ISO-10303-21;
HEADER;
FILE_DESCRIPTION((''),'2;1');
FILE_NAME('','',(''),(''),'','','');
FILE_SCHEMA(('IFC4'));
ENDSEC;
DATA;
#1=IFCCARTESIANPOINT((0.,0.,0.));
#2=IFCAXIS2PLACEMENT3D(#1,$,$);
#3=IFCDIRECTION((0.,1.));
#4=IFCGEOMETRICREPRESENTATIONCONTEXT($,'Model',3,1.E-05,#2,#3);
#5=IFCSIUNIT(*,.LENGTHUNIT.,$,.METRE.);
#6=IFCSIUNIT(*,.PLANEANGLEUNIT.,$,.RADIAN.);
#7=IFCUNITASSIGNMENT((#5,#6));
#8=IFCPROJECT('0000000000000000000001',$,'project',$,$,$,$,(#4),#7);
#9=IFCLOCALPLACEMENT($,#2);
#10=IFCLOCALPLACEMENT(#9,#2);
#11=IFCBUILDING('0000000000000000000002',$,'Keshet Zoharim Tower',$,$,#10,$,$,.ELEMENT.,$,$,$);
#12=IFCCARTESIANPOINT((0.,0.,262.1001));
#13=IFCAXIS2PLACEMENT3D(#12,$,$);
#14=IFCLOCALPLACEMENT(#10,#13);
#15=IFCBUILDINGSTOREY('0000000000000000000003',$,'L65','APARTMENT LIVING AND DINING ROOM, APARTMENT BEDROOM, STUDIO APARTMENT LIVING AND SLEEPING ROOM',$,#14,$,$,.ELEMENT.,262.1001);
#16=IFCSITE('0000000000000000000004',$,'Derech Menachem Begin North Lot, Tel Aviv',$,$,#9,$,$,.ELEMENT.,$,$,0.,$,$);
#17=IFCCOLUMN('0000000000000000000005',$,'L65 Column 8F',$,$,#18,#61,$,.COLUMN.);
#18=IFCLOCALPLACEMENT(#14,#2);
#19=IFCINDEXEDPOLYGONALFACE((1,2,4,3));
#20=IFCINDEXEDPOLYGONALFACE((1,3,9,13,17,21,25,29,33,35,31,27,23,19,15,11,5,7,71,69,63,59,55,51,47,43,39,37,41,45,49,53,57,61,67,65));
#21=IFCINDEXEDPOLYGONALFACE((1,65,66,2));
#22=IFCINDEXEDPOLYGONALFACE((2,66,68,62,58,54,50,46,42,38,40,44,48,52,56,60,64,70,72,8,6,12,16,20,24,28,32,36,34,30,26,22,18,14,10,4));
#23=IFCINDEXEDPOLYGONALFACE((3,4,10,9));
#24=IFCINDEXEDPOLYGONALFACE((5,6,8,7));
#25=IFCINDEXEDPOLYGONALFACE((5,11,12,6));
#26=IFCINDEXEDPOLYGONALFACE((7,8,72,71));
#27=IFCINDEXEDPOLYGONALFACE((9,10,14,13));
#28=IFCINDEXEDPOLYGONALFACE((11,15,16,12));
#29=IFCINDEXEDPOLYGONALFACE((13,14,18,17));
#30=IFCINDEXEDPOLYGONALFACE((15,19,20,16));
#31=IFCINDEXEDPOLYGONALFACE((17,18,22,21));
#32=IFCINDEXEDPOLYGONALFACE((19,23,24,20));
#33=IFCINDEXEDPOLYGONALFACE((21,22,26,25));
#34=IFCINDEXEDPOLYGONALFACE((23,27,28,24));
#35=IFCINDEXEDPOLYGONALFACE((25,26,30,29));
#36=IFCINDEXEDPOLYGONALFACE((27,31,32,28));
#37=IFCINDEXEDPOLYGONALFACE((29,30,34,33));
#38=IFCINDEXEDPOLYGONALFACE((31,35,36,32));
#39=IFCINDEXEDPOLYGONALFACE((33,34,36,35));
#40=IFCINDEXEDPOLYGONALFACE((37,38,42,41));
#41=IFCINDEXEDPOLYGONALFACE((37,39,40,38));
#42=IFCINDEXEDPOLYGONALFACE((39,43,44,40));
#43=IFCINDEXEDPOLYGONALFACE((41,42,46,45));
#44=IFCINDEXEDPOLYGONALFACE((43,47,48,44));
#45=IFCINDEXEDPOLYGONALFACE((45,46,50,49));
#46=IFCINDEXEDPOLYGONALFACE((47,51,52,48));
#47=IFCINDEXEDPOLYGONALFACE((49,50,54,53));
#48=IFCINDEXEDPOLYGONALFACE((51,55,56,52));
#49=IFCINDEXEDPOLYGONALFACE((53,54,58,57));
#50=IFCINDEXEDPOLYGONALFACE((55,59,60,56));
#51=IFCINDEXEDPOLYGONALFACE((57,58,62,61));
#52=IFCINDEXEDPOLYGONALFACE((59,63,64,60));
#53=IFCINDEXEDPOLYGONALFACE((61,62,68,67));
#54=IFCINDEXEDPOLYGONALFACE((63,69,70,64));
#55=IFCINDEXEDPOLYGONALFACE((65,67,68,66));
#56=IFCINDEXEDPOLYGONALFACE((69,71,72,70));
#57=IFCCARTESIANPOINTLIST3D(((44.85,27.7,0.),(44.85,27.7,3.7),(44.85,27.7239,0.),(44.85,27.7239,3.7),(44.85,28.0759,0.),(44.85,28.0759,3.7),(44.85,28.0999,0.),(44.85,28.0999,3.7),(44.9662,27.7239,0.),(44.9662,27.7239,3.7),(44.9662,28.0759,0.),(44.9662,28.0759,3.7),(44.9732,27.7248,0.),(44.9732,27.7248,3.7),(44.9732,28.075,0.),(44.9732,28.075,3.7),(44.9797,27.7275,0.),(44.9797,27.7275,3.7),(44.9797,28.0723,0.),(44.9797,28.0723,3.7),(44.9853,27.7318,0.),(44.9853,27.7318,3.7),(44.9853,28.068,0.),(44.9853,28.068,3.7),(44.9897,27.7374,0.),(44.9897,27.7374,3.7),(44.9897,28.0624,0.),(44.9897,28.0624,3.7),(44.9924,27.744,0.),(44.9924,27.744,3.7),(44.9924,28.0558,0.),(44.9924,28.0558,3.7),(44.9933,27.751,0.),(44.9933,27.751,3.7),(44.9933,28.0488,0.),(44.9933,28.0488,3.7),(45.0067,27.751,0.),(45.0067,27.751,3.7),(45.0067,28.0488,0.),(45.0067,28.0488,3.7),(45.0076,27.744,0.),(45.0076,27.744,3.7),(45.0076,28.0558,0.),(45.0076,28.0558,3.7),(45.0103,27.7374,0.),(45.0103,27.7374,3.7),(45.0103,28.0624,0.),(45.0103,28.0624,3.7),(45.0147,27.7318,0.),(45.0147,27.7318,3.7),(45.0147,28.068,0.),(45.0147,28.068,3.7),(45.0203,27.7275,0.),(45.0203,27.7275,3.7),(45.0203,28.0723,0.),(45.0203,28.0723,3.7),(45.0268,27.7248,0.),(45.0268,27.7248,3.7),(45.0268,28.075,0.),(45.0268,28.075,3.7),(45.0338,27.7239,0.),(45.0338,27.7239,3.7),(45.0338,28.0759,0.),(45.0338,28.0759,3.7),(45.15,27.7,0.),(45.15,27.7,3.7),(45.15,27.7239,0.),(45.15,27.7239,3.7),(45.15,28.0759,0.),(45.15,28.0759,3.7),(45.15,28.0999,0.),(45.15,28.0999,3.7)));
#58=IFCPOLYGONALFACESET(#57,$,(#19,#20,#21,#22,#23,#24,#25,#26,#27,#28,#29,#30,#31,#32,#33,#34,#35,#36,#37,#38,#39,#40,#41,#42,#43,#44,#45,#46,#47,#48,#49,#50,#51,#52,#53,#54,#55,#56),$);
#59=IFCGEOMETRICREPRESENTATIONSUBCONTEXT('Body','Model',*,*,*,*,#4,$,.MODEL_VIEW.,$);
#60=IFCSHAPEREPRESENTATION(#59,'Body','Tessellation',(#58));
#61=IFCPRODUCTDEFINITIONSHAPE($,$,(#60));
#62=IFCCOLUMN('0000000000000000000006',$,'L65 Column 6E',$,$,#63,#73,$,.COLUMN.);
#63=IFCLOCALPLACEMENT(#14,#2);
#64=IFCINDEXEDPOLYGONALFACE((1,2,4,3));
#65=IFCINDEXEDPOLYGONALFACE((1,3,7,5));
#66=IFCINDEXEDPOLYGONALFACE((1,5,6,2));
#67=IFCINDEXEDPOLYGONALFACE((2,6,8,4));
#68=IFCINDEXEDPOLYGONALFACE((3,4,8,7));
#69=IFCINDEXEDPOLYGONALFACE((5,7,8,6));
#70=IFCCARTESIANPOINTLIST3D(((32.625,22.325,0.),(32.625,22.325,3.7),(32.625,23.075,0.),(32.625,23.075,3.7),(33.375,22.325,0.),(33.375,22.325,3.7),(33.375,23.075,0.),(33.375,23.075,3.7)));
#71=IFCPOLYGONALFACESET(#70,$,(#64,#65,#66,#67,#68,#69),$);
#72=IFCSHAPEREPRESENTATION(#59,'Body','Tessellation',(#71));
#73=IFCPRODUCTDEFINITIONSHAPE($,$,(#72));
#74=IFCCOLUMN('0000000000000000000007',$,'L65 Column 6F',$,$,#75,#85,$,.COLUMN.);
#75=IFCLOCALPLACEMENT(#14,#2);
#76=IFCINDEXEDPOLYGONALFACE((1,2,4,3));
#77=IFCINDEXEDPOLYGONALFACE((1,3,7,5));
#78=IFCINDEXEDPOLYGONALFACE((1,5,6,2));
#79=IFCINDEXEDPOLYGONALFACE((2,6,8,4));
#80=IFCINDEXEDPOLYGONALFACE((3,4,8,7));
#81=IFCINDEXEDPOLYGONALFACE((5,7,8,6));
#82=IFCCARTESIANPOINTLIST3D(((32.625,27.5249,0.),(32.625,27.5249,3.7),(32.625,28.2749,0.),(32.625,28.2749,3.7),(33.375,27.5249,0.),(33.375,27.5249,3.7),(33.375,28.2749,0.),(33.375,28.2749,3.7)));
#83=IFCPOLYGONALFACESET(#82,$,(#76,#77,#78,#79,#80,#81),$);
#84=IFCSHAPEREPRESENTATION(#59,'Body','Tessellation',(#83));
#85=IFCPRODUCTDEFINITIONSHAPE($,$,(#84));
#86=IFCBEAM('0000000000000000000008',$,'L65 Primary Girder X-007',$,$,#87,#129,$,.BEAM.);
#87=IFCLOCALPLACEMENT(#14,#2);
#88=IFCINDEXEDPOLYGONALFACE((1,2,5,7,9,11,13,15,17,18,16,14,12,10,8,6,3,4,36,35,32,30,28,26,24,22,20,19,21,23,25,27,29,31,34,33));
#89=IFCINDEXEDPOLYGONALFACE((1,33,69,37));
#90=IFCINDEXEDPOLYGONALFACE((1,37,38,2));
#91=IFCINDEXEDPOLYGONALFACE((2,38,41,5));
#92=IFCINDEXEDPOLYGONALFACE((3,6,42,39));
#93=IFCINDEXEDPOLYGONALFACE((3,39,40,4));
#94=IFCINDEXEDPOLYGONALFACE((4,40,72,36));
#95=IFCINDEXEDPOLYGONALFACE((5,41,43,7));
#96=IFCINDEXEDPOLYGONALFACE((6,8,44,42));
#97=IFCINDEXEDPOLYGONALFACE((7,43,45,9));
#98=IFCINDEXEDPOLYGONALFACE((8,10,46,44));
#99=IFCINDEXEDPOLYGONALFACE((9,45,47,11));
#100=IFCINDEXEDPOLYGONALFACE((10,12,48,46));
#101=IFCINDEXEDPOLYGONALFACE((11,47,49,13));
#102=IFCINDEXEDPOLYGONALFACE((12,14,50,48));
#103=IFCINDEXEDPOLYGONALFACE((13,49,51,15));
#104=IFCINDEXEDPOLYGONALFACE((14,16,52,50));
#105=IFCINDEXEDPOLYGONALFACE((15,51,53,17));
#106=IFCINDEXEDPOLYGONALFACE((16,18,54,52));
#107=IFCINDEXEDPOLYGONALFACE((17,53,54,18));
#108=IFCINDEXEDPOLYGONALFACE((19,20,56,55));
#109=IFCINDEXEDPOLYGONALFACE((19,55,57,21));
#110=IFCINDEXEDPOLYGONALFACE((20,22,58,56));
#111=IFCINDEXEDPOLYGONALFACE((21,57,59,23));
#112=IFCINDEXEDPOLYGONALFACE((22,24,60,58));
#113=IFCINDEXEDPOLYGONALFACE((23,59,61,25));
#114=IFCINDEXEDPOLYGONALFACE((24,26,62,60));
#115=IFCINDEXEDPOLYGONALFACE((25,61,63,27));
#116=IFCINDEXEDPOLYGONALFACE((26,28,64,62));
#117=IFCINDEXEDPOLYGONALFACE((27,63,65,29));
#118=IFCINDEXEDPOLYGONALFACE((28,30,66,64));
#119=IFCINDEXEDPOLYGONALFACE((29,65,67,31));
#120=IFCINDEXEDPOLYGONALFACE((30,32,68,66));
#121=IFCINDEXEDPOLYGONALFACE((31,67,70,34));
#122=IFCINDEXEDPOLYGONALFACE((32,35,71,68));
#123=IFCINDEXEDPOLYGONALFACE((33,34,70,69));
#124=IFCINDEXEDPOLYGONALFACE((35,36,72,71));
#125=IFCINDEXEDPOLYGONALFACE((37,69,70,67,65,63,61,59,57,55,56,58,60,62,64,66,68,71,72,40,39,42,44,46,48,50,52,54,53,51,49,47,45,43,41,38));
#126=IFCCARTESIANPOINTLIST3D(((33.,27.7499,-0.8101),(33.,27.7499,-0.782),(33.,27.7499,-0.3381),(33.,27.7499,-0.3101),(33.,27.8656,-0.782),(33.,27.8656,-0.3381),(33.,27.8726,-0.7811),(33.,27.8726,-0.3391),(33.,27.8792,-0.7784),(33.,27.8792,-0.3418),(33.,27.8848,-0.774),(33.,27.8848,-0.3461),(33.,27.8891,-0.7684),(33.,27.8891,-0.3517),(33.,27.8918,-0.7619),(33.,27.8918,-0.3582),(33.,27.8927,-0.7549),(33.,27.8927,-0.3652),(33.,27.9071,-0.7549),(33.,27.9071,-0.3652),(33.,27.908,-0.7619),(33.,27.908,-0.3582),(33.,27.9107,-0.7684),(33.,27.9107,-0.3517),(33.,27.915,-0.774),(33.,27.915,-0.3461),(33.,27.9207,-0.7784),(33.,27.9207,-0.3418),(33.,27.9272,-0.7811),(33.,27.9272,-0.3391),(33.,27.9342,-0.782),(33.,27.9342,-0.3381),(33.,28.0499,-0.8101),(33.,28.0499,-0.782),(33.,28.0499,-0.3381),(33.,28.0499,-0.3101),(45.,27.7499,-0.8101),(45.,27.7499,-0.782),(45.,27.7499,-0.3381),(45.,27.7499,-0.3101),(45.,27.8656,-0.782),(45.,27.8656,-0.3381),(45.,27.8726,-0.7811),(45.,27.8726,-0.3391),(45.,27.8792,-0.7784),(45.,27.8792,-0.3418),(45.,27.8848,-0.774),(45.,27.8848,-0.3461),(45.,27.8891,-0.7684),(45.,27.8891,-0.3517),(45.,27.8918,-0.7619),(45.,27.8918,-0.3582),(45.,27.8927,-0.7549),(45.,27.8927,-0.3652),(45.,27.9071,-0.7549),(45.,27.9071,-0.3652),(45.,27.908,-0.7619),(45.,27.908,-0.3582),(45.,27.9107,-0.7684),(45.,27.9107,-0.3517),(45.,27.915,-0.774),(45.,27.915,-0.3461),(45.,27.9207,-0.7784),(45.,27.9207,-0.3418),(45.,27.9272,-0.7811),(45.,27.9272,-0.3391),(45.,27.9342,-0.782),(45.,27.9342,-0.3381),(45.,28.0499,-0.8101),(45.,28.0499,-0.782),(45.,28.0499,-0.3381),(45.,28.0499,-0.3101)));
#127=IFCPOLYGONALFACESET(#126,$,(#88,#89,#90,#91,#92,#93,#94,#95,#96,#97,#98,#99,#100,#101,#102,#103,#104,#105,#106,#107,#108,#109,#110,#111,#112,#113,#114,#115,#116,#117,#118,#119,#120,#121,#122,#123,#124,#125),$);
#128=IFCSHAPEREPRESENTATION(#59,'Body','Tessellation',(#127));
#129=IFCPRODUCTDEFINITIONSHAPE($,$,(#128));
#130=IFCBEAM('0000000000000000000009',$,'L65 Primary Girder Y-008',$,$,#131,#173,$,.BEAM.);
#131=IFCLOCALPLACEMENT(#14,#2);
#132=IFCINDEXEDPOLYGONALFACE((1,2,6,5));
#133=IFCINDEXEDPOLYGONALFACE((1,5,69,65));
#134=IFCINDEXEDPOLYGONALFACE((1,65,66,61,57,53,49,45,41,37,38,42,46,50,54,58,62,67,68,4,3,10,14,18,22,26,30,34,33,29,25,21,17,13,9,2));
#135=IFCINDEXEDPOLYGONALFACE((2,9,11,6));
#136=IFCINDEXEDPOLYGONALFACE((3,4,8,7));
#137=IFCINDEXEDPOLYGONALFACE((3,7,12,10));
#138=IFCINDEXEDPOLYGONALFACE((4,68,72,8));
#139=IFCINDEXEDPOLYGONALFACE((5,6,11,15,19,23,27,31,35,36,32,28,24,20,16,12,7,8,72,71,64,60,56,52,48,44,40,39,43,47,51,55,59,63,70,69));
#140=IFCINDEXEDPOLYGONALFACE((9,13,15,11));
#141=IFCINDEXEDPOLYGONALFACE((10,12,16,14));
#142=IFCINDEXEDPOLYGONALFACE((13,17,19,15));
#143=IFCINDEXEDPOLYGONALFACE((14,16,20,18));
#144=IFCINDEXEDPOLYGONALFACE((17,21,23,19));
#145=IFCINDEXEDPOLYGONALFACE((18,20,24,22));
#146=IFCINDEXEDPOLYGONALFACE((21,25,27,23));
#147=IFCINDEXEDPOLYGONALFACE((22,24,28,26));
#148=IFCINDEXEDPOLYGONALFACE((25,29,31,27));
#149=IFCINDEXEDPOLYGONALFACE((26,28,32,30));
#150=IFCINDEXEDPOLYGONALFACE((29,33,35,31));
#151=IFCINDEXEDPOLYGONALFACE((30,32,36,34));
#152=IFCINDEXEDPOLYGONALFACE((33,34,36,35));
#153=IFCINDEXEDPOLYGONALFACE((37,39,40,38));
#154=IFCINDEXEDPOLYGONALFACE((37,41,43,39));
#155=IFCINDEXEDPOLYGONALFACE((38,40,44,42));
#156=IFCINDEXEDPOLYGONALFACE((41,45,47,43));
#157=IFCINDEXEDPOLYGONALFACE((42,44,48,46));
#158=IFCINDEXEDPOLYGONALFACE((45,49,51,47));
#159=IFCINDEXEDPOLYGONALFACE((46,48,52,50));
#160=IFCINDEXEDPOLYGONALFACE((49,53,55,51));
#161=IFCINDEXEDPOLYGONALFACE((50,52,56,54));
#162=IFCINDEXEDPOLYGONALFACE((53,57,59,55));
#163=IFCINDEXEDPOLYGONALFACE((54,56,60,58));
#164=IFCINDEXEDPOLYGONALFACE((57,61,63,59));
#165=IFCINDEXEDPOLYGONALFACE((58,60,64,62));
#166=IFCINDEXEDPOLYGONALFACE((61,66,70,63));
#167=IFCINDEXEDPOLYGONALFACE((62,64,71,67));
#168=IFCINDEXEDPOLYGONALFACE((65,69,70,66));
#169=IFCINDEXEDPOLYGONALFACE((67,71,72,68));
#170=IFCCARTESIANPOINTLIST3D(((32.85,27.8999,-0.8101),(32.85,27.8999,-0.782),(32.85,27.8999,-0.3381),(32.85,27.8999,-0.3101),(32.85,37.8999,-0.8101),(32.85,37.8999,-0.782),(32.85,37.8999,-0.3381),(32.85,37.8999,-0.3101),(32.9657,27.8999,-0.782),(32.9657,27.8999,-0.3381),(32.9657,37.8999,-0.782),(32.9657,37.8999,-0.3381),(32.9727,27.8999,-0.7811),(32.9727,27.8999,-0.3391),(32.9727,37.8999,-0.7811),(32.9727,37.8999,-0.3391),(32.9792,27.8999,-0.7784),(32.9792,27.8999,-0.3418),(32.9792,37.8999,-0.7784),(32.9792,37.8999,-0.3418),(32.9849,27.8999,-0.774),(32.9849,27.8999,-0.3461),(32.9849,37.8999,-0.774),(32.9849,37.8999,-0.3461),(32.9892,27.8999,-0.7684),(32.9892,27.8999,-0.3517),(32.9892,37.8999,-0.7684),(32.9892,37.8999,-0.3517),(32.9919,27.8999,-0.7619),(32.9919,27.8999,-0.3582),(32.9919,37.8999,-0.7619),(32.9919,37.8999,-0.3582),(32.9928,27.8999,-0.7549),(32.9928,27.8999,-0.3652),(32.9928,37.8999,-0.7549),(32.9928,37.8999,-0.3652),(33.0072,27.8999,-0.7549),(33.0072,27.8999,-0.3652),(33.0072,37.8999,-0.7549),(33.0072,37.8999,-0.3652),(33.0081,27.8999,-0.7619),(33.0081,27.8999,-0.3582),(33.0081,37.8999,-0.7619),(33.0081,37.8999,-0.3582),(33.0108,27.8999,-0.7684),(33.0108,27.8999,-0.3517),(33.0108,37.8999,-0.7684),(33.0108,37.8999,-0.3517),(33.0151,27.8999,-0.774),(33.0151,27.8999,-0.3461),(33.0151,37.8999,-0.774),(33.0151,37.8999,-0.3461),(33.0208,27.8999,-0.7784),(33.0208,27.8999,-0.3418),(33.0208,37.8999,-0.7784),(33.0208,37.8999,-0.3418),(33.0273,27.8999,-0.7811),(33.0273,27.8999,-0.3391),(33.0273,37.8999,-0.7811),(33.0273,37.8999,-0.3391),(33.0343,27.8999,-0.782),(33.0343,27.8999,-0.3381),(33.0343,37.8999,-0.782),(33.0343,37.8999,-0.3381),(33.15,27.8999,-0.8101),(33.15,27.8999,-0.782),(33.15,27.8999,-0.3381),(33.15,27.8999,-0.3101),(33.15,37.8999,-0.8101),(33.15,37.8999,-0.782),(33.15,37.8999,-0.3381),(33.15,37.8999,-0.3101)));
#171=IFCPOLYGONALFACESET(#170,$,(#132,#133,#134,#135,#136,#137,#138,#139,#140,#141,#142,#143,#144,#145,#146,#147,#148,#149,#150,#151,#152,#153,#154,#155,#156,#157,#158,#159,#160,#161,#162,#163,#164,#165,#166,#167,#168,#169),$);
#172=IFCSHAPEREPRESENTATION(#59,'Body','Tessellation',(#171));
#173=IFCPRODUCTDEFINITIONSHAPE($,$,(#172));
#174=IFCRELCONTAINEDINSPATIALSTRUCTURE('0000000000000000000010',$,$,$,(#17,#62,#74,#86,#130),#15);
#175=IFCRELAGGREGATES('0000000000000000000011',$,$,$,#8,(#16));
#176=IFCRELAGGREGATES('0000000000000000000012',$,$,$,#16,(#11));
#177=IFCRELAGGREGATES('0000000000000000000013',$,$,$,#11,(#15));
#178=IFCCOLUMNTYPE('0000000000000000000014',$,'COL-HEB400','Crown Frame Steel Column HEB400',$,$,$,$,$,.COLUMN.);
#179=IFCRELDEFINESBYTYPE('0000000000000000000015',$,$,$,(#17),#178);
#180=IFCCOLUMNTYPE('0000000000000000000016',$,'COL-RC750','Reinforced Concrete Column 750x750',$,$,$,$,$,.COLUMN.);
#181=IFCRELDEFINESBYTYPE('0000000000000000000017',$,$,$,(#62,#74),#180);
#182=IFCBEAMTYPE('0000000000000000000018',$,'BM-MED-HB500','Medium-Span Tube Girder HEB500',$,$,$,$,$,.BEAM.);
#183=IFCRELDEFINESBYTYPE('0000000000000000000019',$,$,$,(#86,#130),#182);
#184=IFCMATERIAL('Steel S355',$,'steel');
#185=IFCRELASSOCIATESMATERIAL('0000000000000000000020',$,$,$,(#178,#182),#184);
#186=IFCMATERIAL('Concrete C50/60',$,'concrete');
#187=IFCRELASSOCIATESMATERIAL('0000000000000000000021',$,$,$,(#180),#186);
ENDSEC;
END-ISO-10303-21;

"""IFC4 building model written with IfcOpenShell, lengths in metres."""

from ifc_helpers import new_model, si_unit, direction, frame, origin, origin_2d, place, context, subcontext, project, spatial, rectangle, i_section, extrude, material, material_profile, profile_set, type_object, element, save


model = new_model("IFC4")

# Units and contexts
model_context = context("Model", 3, precision=1e-05, world=origin(), true_north=direction((0.0, 1.0)))
body_context = subcontext(model_context, "Body", "Model", "MODEL_VIEW")
ifc_project = project(units=[si_unit("LENGTHUNIT", "METRE"), si_unit("PLANEANGLEUNIT", "RADIAN")], contexts=[model_context])

# Site, building, storey
site_placement = place(None, origin())
site = spatial("IfcSite", under=ifc_project, at=site_placement, Name="Derech Menachem Begin North Lot, Tel Aviv", CompositionType="ELEMENT", RefElevation=0.0)
building_placement = place(site_placement, origin())
building = spatial("IfcBuilding", under=site, at=building_placement, Name="Keshet Zoharim Tower", CompositionType="ELEMENT")
storey_placement = place(building_placement, frame((0.0, 0.0, 262.1001)))
storey = spatial("IfcBuildingStorey", under=building, at=storey_placement, Name="L65", Description="APARTMENT LIVING AND DINING ROOM, APARTMENT BEDROOM, STUDIO APARTMENT LIVING AND SLEEPING ROOM", CompositionType="ELEMENT", Elevation=262.1001)

# Columns
ifc_material_1 = material(Name="Steel S355", Category="steel")
ifc_material_profile_1 = material_profile(ifc_material_1, i_section(OverallWidth=0.3, OverallDepth=0.3999, WebThickness=0.0134, FlangeThickness=0.0239, FilletRadius=0.0271, at=origin_2d()), Name="HEB400")
ifc_profile_set_1 = profile_set([ifc_material_profile_1], Name="Steel S355")
column_type_1 = type_object("IfcColumnType", Name="COL-HEB400", Description="Crown Frame Steel Column HEB400", PredefinedType="COLUMN", material=ifc_profile_set_1)
column_placement = place(storey_placement, frame((45.0, 27.8999, 0.0), z_axis=(0.0, 0.0, 1.0), x_axis=(1.0, 0.0, 0.0)))
element("IfcColumn", 1, at=column_placement, inside=storey, type_object=column_type_1, Name="L65 Column 8F", PredefinedType="COLUMN", context=body_context, shape_type="SweptSolid", body=[
    extrude(i_section(OverallWidth=0.3, OverallDepth=0.3999, WebThickness=0.0134, FlangeThickness=0.0239, FilletRadius=0.0271, at=origin_2d()), origin(), (0.0, 0.0, 1.0), 3.7),
])
ifc_material_2 = material(Name="Concrete C50/60", Category="concrete")
ifc_material_profile_2 = material_profile(ifc_material_2, rectangle(XDim=0.75, YDim=0.75, at=origin_2d()), Name="RC750x750")
ifc_profile_set_2 = profile_set([ifc_material_profile_2], Name="Concrete C50/60")
column_type_2 = type_object("IfcColumnType", Name="COL-RC750", Description="Reinforced Concrete Column 750x750", PredefinedType="COLUMN", material=ifc_profile_set_2)
for number, where, z_axis, x_axis, name in (
    (2, (33.0, 22.7, 0.0), (0.0, 0.0, 1.0), (1.0, 0.0, 0.0), "L65 Column 6E"),
    (3, (33.0, 27.8999, 0.0), (0.0, 0.0, 1.0), (1.0, 0.0, 0.0), "L65 Column 6F"),
):
    element("IfcColumn", number, at=place(storey_placement, frame(where, z_axis=z_axis, x_axis=x_axis)), inside=storey, type_object=column_type_2, Name=name, PredefinedType="COLUMN", context=body_context, shape_type="SweptSolid", body=[
        extrude(rectangle(XDim=0.75, YDim=0.75, at=origin_2d()), origin(), (0.0, 0.0, 1.0), 3.7),
    ])

# Beams
ifc_material_profile_3 = material_profile(ifc_material_1, i_section(OverallWidth=0.3, OverallDepth=0.5, WebThickness=0.0144, FlangeThickness=0.0281, FilletRadius=0.0271, at=origin_2d()), Name="HEB500")
ifc_profile_set_3 = profile_set([ifc_material_profile_3], Name="Steel S355")
beam_type_1 = type_object("IfcBeamType", Name="BM-MED-HB500", Description="Medium-Span Tube Girder HEB500", PredefinedType="BEAM", material=ifc_profile_set_3)
beam_1_placement = place(storey_placement, frame((33.0, 27.8999, -0.5601), z_axis=(1.0, 0.0, 0.0), x_axis=(0.0, 1.0, 0.0)))
element("IfcBeam", 4, at=beam_1_placement, inside=storey, type_object=beam_type_1, Name="L65 Primary Girder X-007", PredefinedType="BEAM", context=body_context, shape_type="SweptSolid", body=[
    extrude(i_section(OverallWidth=0.3, OverallDepth=0.5, WebThickness=0.0144, FlangeThickness=0.0281, FilletRadius=0.0271, at=origin_2d()), origin(), (0.0, 0.0, 1.0), 12.0),
])
beam_2_placement = place(storey_placement, frame((33.0, 27.8999, -0.5601), z_axis=(0.0, 1.0, 0.0), x_axis=(-1.0, 0.0, 0.0)))
element("IfcBeam", 5, at=beam_2_placement, inside=storey, type_object=beam_type_1, Name="L65 Primary Girder Y-008", PredefinedType="BEAM", context=body_context, shape_type="SweptSolid", body=[
    extrude(i_section(OverallWidth=0.3, OverallDepth=0.5, WebThickness=0.0144, FlangeThickness=0.0281, FilletRadius=0.0271, at=origin_2d()), origin(), (0.0, 0.0, 1.0), 10.0),
])

save(model, "model.ifc")
